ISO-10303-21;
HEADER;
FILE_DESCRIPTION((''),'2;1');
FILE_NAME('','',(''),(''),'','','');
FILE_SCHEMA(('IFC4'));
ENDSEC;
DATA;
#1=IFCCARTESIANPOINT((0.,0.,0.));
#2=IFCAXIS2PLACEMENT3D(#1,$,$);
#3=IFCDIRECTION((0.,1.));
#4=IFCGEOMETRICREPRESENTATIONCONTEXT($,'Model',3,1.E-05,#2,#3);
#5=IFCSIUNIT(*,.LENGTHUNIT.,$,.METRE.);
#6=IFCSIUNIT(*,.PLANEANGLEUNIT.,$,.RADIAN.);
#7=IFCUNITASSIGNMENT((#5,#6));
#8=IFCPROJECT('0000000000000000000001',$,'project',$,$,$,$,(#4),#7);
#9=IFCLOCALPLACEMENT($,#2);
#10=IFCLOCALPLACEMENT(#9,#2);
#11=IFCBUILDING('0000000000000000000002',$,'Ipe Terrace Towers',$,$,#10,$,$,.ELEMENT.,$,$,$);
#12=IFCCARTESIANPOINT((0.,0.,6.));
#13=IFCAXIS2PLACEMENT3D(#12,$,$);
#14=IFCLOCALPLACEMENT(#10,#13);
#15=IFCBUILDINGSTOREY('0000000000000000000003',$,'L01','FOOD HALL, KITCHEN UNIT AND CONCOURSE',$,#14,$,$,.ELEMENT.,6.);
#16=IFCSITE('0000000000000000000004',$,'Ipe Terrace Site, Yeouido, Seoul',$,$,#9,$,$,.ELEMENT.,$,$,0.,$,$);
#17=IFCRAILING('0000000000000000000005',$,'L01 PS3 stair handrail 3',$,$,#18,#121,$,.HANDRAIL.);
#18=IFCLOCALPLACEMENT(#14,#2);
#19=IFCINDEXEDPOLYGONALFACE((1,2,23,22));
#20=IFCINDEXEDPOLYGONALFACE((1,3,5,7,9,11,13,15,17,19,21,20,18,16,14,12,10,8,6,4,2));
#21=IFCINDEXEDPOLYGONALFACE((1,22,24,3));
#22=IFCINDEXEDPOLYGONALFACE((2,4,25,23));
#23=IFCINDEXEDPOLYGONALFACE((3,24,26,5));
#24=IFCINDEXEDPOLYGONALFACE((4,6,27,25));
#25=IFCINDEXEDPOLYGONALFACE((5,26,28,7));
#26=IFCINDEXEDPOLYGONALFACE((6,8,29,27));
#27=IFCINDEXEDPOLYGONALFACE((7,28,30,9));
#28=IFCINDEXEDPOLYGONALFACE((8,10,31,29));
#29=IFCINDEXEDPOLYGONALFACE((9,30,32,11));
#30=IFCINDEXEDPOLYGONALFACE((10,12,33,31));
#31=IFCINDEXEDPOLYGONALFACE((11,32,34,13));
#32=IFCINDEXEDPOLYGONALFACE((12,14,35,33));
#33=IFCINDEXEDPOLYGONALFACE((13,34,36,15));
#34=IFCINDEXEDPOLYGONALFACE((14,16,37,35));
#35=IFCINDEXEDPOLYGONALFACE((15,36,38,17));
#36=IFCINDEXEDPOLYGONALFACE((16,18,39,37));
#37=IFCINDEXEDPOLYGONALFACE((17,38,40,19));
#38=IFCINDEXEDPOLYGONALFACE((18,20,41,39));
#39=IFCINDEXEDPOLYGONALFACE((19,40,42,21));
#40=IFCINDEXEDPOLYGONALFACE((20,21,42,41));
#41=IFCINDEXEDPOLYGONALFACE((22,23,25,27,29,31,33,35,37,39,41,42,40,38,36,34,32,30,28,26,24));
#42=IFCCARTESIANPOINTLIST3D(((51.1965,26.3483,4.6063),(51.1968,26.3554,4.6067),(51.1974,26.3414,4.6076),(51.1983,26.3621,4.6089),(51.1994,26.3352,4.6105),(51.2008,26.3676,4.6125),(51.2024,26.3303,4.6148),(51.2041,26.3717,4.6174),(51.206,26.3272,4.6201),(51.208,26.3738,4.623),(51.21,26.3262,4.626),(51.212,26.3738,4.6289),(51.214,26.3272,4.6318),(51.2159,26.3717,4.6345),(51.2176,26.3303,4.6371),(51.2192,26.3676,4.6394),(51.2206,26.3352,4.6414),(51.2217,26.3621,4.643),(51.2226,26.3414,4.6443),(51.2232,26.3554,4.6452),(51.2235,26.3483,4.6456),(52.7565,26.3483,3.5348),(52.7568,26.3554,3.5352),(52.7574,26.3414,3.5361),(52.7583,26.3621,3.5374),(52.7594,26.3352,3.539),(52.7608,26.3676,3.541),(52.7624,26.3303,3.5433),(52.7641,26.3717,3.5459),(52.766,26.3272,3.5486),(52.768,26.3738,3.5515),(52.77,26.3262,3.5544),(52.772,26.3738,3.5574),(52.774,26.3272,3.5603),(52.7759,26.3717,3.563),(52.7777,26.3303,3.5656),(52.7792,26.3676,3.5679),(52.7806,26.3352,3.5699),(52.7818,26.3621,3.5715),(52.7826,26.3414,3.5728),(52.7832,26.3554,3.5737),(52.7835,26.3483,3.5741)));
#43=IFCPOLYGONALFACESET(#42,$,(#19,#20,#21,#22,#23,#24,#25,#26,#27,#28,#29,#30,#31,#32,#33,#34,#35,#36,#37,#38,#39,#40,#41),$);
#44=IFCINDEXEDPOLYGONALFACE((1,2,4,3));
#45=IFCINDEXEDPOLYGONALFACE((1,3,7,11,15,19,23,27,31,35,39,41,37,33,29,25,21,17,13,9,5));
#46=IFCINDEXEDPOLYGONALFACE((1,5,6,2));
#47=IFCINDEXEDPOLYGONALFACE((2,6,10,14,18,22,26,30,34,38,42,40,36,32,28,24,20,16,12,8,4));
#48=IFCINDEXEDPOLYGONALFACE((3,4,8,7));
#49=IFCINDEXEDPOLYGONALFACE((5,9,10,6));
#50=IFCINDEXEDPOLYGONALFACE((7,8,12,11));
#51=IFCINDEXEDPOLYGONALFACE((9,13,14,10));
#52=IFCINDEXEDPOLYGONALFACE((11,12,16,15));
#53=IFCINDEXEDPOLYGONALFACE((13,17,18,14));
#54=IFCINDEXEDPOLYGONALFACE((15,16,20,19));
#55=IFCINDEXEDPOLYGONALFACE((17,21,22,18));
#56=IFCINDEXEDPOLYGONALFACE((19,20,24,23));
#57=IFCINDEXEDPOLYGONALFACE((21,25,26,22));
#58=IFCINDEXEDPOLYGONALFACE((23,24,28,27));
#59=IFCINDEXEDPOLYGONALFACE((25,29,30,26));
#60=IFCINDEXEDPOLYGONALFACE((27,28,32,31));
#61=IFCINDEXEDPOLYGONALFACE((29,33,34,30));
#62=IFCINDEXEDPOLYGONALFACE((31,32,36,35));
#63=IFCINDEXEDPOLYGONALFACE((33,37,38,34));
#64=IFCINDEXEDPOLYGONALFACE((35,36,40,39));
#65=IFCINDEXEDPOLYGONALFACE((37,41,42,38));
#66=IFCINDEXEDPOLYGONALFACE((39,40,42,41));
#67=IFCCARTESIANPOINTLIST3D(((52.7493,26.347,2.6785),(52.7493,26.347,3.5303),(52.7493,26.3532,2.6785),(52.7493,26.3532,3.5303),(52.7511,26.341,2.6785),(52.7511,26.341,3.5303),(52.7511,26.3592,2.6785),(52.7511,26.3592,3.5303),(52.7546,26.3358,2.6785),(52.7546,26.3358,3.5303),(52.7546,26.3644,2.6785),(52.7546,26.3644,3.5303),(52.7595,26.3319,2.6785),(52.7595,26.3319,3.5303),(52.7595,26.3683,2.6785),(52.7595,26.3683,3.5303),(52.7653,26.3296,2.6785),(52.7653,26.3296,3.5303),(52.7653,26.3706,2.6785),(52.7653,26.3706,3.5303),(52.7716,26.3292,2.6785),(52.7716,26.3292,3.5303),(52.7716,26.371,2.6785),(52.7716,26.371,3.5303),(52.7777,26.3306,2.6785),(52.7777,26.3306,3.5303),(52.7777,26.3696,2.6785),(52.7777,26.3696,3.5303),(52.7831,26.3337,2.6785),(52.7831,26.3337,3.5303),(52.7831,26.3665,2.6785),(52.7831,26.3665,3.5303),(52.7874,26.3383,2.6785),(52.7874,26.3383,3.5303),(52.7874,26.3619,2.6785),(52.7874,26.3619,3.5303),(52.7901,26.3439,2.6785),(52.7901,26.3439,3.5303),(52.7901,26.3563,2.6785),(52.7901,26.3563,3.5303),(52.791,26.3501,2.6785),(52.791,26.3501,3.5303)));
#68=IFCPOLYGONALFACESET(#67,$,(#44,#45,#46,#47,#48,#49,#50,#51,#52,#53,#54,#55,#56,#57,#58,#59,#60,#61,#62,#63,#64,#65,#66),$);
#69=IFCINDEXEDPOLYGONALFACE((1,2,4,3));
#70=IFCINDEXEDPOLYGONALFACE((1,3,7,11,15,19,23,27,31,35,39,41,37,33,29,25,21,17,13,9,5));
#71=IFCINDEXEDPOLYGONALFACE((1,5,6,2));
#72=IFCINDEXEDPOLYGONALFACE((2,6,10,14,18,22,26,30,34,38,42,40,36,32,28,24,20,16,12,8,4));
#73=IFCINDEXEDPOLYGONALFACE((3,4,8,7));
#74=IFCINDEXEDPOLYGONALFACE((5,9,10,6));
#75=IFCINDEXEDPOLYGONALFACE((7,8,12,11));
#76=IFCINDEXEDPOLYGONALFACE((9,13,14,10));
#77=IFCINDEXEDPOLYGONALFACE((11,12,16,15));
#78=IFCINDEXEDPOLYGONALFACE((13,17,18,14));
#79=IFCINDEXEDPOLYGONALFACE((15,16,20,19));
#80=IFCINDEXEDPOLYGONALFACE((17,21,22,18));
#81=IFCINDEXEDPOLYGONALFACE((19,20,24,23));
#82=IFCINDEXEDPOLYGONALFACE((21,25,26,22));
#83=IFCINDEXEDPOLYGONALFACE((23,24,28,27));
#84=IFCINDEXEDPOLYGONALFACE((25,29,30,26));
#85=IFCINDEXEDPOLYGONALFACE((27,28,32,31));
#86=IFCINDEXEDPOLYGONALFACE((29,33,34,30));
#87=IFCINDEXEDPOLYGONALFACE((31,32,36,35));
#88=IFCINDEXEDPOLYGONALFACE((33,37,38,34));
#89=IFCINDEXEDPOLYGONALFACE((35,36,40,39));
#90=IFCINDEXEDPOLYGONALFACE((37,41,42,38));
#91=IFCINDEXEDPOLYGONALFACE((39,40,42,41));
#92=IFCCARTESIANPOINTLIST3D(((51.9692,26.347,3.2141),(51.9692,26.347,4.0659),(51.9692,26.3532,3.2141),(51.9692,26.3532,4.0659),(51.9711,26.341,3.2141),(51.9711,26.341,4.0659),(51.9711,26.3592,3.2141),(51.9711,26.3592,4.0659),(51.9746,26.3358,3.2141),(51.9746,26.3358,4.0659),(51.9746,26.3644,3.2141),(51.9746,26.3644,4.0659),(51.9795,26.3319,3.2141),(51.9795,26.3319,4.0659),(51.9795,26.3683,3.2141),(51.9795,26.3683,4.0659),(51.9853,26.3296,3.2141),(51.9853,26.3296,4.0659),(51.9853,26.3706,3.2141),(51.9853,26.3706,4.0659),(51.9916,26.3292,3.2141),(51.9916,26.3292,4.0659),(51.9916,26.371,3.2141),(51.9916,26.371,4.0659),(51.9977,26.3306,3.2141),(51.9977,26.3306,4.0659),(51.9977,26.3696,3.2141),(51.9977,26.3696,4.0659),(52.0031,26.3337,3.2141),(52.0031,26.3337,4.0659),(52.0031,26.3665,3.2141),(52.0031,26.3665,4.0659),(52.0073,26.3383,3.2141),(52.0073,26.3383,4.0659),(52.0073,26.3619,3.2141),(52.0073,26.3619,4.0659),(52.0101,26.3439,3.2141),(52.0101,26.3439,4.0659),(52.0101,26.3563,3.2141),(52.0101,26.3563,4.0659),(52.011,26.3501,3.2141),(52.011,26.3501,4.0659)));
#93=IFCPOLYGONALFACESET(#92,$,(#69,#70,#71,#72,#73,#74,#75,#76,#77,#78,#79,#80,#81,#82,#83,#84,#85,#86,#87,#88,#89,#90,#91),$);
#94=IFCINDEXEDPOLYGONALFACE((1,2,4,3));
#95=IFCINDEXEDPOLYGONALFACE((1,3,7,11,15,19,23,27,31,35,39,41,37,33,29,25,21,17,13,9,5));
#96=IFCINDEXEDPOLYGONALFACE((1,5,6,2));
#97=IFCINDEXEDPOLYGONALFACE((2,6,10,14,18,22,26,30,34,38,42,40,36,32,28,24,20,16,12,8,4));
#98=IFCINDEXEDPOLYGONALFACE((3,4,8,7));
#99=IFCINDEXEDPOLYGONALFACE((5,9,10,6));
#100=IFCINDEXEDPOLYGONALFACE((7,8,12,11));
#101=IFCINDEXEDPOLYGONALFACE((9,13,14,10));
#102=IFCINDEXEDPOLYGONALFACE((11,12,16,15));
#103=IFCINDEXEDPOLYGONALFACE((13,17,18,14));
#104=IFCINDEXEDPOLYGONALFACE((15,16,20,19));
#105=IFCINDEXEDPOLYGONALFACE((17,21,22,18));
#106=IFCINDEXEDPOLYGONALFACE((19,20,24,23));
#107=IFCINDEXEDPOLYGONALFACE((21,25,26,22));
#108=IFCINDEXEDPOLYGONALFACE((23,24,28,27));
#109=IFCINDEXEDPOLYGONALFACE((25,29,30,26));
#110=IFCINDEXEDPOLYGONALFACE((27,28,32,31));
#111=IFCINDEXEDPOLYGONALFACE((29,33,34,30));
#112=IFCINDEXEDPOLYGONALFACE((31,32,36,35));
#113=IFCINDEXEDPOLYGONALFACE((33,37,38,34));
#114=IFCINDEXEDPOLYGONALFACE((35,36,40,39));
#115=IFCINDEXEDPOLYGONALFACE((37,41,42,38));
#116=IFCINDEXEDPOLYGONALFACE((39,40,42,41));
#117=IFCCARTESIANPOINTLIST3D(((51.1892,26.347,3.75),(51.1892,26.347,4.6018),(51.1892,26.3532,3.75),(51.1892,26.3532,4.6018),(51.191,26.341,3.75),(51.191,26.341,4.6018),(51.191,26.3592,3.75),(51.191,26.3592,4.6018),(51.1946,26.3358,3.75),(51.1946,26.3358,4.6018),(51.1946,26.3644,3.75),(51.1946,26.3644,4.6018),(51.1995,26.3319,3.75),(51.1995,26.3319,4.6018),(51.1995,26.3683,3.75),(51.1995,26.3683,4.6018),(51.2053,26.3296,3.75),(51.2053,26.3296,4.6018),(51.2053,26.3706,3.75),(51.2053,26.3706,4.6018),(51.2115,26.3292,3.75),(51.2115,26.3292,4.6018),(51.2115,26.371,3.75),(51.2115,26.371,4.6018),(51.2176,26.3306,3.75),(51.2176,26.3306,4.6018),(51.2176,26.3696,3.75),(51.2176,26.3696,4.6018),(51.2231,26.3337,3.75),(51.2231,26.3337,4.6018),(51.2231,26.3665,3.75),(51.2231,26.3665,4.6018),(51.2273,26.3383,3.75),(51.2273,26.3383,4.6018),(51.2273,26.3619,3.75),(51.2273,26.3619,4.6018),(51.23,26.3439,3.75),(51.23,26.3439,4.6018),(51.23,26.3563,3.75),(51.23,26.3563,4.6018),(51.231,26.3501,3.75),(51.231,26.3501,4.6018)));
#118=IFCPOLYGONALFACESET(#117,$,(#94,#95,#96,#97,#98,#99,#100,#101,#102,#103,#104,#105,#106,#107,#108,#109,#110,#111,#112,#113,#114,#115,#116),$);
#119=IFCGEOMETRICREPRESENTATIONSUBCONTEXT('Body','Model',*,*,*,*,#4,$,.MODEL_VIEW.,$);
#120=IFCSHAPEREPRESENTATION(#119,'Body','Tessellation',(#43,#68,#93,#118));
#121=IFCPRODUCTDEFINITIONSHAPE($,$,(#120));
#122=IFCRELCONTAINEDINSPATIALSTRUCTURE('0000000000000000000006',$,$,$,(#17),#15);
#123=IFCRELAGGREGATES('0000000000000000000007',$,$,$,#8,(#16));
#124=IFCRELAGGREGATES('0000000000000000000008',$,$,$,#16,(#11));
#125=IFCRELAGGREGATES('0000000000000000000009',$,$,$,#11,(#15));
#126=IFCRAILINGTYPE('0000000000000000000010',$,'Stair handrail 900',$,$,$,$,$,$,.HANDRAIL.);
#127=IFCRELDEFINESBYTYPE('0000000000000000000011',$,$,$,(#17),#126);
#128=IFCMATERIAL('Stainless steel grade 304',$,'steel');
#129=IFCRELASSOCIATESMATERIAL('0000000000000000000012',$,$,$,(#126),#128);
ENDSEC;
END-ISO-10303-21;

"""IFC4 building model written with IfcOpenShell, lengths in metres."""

from ifc_helpers import new_model, si_unit, direction, frame, origin, origin_2d, place, context, subcontext, project, spatial, circle, extrude, material, type_object, element, save


model = new_model("IFC4")

# Units and contexts
model_context = context("Model", 3, precision=1e-05, world=origin(), true_north=direction((0.0, 1.0)))
body_context = subcontext(model_context, "Body", "Model", "MODEL_VIEW")
ifc_project = project(units=[si_unit("LENGTHUNIT", "METRE"), si_unit("PLANEANGLEUNIT", "RADIAN")], contexts=[model_context])

# Site, building, storey
site_placement = place(None, origin())
site = spatial("IfcSite", under=ifc_project, at=site_placement, Name="Ipe Terrace Site, Yeouido, Seoul", CompositionType="ELEMENT", RefElevation=0.0)
building_placement = place(site_placement, origin())
building = spatial("IfcBuilding", under=site, at=building_placement, Name="Ipe Terrace Towers", CompositionType="ELEMENT")
storey_placement = place(building_placement, frame((0.0, 0.0, 6.0)))
storey = spatial("IfcBuildingStorey", under=building, at=storey_placement, Name="L01", Description="FOOD HALL, KITCHEN UNIT AND CONCOURSE", CompositionType="ELEMENT", Elevation=6.0)

# Railing
ifc_material_1 = material(Name="Stainless steel grade 304", Category="steel")
railing_type_1 = type_object("IfcRailingType", Name="Stair handrail 900", PredefinedType="HANDRAIL", material=ifc_material_1)
railing_1_placement = place(storey_placement, frame((52.77, 26.3501, 2.6785)))
element("IfcRailing", 1, at=railing_1_placement, inside=storey, type_object=railing_type_1, Name="L01 PS3 stair handrail 3", PredefinedType="HANDRAIL", context=body_context, shape_type="SweptSolid", body=[
    extrude(circle(Radius=0.0239, at=origin_2d()), frame((0.0, 0.0, 0.876), z_axis=(-0.82429, 0.0, 0.566167), x_axis=(0.0, -1.0, 0.0)), (0.0, 0.0, 1.0), 1.8926),
    extrude(circle(Radius=0.021, at=origin_2d()), origin(), (0.0, 0.0, 1.0), 0.8518),
    extrude(circle(Radius=0.021, at=origin_2d()), frame((-0.78, 0.0, 0.5356)), (0.0, 0.0, 1.0), 0.8518),
    extrude(circle(Radius=0.021, at=origin_2d()), frame((-1.5601, 0.0, 1.0715)), (0.0, 0.0, 1.0), 0.8518),
])

save(model, "model.ifc")
